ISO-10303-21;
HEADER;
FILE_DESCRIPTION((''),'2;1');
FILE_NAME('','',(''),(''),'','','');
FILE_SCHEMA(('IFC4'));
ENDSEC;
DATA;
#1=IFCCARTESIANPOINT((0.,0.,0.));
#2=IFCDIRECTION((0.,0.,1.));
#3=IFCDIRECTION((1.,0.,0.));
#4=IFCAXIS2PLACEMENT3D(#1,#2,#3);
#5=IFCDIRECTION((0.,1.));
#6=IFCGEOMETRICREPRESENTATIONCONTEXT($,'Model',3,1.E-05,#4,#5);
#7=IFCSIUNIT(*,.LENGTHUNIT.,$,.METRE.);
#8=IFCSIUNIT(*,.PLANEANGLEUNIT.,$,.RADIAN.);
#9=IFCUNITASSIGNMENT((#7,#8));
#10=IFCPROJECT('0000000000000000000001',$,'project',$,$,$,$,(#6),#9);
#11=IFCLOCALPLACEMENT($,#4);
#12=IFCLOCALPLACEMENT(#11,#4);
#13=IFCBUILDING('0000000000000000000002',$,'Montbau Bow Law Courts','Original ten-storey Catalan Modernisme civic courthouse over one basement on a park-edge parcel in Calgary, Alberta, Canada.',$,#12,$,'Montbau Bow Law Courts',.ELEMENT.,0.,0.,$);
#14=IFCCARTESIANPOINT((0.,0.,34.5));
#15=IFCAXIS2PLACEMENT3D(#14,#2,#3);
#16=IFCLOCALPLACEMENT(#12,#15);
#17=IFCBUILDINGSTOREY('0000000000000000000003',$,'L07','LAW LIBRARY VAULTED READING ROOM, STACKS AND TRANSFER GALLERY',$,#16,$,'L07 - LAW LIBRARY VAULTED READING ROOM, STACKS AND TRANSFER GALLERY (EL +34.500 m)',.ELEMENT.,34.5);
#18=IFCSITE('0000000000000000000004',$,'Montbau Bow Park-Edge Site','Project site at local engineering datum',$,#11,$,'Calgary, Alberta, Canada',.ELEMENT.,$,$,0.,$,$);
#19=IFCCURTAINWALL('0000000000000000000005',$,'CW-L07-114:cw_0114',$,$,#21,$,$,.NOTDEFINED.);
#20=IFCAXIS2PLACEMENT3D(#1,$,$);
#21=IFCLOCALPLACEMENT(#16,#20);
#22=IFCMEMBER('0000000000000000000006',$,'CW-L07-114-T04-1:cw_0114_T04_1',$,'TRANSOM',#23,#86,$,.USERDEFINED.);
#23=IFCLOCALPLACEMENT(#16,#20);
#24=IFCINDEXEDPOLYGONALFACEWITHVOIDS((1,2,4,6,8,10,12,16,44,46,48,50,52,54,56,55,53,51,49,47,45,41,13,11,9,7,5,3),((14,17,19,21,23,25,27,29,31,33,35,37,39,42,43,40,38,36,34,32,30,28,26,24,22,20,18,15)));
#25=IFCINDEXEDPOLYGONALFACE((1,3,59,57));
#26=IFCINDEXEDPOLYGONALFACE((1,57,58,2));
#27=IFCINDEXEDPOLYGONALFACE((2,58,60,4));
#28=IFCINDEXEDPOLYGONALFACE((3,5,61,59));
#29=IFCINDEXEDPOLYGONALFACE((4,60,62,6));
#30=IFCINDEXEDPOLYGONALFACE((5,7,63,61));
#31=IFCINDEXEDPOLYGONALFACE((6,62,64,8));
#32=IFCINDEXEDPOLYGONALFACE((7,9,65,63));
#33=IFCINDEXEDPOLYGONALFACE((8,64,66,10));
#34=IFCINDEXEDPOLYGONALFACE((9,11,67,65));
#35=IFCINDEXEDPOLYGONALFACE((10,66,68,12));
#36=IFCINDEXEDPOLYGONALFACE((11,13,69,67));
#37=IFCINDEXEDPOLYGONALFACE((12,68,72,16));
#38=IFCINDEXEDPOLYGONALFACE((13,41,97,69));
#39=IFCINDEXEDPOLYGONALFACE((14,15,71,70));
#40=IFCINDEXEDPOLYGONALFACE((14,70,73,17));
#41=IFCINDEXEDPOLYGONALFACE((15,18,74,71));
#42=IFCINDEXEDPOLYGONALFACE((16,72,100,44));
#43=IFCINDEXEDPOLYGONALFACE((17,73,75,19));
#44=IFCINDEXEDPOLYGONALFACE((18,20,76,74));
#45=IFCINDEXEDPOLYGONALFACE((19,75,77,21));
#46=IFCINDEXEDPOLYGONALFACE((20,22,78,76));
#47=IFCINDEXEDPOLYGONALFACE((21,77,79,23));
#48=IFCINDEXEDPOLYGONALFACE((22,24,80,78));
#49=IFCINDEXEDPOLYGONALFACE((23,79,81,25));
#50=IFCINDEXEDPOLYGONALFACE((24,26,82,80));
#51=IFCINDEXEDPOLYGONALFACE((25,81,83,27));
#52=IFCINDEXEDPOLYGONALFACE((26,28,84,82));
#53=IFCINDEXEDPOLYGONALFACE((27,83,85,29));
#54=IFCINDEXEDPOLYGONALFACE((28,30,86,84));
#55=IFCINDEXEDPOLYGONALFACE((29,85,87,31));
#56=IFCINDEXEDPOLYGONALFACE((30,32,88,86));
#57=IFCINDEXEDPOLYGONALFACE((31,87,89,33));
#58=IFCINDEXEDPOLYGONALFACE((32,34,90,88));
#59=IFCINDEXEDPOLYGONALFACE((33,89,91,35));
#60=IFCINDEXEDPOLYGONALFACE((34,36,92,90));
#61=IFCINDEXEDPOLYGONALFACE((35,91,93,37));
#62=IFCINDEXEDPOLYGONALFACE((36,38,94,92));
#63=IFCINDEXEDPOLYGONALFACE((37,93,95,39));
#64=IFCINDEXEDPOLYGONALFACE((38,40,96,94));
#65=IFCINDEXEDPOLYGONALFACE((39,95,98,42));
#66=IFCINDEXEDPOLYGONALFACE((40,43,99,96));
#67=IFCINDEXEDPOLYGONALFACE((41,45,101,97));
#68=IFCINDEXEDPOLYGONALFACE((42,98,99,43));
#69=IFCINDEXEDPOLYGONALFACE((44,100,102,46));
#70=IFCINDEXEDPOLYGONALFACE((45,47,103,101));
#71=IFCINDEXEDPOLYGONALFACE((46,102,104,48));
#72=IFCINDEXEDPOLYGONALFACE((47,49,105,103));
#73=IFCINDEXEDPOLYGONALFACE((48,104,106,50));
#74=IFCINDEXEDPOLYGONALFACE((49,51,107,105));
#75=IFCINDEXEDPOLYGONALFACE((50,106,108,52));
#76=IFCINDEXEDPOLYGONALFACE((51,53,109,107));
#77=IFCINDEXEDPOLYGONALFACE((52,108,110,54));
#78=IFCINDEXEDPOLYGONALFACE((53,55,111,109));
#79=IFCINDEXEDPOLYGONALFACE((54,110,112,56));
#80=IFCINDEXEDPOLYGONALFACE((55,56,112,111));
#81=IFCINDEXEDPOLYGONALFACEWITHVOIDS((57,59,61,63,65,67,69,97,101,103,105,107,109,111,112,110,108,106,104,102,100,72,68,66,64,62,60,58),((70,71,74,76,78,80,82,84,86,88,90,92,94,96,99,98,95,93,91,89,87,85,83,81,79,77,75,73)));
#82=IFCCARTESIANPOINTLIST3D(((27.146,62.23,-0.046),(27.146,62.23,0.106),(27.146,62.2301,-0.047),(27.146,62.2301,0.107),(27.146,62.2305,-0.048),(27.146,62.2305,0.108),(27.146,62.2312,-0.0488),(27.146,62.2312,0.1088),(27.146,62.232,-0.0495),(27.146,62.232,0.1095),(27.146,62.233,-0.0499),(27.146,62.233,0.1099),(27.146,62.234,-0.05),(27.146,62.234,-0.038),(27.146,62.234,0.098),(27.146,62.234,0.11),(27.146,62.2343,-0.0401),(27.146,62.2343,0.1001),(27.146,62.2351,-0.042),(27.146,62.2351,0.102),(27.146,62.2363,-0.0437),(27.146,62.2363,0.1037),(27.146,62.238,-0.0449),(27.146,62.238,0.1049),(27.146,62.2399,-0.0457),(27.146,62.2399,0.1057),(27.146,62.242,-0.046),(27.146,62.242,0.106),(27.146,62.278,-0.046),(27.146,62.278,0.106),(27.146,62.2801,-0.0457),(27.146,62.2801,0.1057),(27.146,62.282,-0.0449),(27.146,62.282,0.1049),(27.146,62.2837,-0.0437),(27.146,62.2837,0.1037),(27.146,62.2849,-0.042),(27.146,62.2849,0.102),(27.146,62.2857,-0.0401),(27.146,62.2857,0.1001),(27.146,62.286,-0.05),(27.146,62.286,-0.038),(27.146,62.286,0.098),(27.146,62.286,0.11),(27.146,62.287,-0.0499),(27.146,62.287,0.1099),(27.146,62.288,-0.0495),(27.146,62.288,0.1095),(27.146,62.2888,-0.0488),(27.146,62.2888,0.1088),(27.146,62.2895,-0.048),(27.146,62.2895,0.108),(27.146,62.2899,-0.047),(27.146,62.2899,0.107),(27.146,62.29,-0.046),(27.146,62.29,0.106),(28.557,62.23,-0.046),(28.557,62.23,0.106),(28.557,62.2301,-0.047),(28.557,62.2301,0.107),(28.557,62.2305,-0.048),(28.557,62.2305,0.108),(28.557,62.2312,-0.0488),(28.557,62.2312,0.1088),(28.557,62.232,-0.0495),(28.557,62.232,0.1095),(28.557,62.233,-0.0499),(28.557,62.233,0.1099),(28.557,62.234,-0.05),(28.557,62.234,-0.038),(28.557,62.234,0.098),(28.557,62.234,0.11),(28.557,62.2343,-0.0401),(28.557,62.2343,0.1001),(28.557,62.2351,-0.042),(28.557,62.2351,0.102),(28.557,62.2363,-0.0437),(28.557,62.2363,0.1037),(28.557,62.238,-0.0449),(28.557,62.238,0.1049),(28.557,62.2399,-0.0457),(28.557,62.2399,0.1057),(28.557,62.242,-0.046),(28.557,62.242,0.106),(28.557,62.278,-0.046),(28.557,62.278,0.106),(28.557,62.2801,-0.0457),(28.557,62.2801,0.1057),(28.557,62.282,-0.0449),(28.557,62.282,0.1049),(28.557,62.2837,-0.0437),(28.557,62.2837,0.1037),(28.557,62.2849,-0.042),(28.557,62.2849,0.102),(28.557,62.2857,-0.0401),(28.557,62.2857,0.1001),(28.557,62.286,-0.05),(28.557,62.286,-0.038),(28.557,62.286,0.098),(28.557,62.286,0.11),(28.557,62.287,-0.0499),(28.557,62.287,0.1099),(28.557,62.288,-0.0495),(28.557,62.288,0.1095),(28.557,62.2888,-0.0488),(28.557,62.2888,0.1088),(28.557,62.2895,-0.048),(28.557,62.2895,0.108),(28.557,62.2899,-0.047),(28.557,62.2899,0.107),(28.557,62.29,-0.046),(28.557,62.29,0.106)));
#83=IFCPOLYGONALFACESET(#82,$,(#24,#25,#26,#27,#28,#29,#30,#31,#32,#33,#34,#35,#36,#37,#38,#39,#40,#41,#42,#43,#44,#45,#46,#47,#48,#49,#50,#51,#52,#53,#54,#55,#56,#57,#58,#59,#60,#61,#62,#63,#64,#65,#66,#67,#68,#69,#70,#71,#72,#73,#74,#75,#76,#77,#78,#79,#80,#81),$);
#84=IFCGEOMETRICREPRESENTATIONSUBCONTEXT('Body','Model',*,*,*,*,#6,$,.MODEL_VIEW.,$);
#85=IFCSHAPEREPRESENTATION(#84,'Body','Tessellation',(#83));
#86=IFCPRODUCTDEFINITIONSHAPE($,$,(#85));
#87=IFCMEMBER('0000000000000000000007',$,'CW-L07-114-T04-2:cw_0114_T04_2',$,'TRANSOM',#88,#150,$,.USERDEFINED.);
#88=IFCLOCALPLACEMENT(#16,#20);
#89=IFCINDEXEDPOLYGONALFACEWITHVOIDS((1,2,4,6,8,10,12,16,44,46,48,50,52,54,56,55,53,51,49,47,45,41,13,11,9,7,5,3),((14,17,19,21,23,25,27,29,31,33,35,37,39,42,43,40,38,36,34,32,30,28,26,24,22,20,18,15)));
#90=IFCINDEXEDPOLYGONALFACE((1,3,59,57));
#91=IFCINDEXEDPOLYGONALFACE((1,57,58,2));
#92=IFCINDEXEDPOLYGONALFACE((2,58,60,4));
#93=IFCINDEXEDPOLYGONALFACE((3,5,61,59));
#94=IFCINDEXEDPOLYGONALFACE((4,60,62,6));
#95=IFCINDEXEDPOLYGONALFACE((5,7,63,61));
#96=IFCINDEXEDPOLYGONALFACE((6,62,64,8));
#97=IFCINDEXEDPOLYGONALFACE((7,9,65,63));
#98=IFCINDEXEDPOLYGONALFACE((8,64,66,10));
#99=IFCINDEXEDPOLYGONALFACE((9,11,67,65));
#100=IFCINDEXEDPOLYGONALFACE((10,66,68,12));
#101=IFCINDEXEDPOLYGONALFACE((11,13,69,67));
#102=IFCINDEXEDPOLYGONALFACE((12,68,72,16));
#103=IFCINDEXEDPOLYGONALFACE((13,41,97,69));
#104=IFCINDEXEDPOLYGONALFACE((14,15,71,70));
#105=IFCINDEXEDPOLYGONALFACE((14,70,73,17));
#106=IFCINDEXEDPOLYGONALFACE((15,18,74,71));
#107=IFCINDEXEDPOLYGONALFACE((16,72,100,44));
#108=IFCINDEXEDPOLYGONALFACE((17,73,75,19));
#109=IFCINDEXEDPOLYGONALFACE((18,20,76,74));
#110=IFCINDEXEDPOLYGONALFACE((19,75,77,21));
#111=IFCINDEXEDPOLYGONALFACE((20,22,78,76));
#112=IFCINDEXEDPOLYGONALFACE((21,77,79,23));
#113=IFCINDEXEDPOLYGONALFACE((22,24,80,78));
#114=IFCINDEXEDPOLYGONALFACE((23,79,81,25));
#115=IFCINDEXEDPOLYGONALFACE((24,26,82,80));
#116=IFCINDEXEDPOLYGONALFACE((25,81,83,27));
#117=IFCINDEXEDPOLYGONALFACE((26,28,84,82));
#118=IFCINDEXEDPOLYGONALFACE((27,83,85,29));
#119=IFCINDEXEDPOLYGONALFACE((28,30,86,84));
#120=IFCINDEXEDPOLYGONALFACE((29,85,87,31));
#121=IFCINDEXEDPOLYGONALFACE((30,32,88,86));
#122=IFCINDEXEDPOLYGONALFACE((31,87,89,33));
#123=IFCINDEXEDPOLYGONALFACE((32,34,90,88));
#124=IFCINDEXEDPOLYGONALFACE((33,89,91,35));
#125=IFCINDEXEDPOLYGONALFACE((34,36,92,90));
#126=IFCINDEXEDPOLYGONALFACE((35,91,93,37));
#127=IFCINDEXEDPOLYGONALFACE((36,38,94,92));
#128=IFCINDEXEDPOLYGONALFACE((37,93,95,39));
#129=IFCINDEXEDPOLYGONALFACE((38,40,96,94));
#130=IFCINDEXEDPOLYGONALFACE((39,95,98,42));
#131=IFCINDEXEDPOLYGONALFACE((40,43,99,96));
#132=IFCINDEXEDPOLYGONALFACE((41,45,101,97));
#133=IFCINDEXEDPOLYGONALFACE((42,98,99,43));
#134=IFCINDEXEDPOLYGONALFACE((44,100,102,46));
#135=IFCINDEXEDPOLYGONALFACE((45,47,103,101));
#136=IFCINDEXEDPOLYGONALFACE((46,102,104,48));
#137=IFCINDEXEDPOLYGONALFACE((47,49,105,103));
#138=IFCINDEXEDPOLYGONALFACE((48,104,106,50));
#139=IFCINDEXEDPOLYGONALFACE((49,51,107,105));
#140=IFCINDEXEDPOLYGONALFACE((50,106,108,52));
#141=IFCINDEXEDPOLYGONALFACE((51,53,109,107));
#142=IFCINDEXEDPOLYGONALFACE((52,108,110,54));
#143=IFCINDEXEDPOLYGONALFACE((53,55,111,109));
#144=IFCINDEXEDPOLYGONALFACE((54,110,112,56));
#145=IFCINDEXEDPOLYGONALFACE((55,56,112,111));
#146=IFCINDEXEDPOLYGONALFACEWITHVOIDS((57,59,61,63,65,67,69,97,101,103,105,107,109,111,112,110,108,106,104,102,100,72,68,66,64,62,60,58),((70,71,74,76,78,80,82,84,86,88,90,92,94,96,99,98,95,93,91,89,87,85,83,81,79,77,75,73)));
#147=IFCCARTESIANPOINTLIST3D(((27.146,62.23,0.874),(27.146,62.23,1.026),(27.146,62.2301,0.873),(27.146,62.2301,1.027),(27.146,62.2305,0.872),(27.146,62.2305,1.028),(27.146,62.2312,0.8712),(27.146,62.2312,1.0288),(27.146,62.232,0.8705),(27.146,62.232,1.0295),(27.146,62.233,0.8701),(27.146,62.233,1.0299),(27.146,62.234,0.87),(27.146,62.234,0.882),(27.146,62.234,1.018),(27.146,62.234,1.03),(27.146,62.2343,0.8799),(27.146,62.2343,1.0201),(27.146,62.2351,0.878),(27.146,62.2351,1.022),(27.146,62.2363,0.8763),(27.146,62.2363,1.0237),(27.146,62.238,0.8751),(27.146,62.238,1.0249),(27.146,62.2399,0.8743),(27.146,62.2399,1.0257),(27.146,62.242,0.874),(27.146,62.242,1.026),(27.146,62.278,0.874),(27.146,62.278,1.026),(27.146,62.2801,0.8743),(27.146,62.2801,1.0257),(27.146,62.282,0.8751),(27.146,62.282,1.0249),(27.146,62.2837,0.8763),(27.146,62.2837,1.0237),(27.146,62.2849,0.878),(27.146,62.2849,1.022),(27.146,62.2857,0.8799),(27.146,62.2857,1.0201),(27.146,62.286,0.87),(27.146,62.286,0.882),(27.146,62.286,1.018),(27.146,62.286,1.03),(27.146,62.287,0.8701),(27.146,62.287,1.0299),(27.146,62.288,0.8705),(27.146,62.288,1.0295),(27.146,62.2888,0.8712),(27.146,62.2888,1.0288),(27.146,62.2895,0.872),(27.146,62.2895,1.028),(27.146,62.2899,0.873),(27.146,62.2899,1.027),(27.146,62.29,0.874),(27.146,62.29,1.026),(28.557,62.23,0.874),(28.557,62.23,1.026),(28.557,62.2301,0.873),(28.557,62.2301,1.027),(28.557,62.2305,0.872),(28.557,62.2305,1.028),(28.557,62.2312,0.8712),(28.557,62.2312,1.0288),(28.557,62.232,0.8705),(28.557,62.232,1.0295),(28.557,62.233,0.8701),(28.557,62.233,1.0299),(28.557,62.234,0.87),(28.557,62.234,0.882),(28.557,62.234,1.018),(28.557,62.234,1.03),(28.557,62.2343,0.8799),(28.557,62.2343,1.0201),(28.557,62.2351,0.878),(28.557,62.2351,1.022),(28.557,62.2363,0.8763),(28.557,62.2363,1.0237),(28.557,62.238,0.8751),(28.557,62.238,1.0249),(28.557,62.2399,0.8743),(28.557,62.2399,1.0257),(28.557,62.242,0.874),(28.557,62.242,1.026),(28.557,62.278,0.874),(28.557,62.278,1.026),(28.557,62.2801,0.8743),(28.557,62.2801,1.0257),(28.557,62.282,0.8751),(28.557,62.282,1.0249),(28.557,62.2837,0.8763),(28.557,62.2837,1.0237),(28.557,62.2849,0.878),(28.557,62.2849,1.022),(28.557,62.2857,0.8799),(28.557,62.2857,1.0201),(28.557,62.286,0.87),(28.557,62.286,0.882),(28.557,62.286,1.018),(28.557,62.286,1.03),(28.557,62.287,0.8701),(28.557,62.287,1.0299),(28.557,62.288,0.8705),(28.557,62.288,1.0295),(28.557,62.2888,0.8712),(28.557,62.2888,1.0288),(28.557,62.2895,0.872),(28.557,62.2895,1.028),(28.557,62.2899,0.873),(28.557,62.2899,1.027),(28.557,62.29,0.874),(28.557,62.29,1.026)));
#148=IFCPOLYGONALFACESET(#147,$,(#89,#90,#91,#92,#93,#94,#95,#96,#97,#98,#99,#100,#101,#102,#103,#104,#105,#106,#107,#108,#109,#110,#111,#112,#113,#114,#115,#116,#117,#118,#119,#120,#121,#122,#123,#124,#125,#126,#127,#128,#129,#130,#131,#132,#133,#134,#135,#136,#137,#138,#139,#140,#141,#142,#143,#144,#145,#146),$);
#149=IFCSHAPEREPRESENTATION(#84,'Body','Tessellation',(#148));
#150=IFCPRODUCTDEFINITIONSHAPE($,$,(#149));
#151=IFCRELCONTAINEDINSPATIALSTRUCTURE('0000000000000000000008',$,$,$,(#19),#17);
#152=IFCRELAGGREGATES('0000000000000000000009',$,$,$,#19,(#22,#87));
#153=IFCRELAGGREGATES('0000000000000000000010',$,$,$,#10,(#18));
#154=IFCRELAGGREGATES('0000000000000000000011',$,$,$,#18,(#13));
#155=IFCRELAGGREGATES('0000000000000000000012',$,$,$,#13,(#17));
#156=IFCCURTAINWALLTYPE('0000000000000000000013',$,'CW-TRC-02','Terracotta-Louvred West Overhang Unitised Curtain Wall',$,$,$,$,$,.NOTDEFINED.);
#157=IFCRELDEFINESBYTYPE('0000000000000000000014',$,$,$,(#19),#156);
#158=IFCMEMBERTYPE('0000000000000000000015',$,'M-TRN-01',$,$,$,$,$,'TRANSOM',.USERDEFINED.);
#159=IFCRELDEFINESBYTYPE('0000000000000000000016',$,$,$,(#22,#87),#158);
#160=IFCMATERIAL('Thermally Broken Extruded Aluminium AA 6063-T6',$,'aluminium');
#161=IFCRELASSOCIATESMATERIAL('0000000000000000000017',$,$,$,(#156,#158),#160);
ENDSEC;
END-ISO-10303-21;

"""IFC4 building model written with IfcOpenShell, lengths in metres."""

from ifc_helpers import new_model, si_unit, direction, frame, origin_with_axes, origin_2d_with_axis, place, context, subcontext, project, spatial, hollow_rectangle, extrude, material, material_profile, profile_set, type_object, element, aggregate, save


model = new_model("IFC4")

# Units and contexts
model_context = context("Model", 3, precision=1e-05, world=origin_with_axes(), true_north=direction((0.0, 1.0)))
body_context = subcontext(model_context, "Body", "Model", "MODEL_VIEW")
ifc_project = project(units=[si_unit("LENGTHUNIT", "METRE"), si_unit("PLANEANGLEUNIT", "RADIAN")], contexts=[model_context])

# Site, building, storey
site_placement = place(None, origin_with_axes())
site = spatial("IfcSite", under=ifc_project, at=site_placement, Name="Montbau Bow Park-Edge Site", Description="Project site at local engineering datum", LongName="Calgary, Alberta, Canada", CompositionType="ELEMENT", RefElevation=0.0)
building_placement = place(site_placement, origin_with_axes())
building = spatial("IfcBuilding", under=site, at=building_placement, Name="Montbau Bow Law Courts", Description="Original ten-storey Catalan Modernisme civic courthouse over one basement on a park-edge parcel in Calgary, Alberta, Canada.", LongName="Montbau Bow Law Courts", CompositionType="ELEMENT", ElevationOfRefHeight=0.0, ElevationOfTerrain=0.0)
storey_placement = place(building_placement, frame((0.0, 0.0, 34.5), z_axis=(0.0, 0.0, 1.0), x_axis=(1.0, 0.0, 0.0)))
storey = spatial("IfcBuildingStorey", under=building, at=storey_placement, Name="L07", Description="LAW LIBRARY VAULTED READING ROOM, STACKS AND TRANSFER GALLERY", LongName="L07 - LAW LIBRARY VAULTED READING ROOM, STACKS AND TRANSFER GALLERY (EL +34.500 m)", CompositionType="ELEMENT", Elevation=34.5)

# Curtain wall
ifc_material_1 = material(Name="Thermally Broken Extruded Aluminium AA 6063-T6", Category="aluminium")
curtain_wall_type = type_object("IfcCurtainWallType", Name="CW-TRC-02", Description="Terracotta-Louvred West Overhang Unitised Curtain Wall", PredefinedType="NOTDEFINED", material=ifc_material_1)
curtain_wall_1_placement = place(None, frame((22.64, 62.26, 34.5), z_axis=(0.0, 0.0, 1.0), x_axis=(1.0, 0.0, 0.0)))
curtain_wall_1 = element("IfcCurtainWall", 1, at=curtain_wall_1_placement, inside=storey, type_object=curtain_wall_type, Name="CW-L07-114:cw_0114", PredefinedType="NOTDEFINED")

# Members
ifc_material_profile_1 = material_profile(ifc_material_1, hollow_rectangle(XDim=0.06, YDim=0.16, WallThickness=0.004, InnerFilletRadius=0.008, OuterFilletRadius=0.004, at=origin_2d_with_axis()), Name="CWT-160X60", Category="Main", Priority=0)
ifc_profile_set_1 = profile_set([ifc_material_profile_1], Name="Thermally Broken Extruded Aluminium AA 6063-T6")
member_type_1 = type_object("IfcMemberType", Name="M-TRN-01", ElementType="TRANSOM", PredefinedType="USERDEFINED", material=ifc_profile_set_1)
member_1_placement = place(None, frame((27.146, 62.26, 34.53), z_axis=(1.0, 0.0, 0.0), x_axis=(0.0, 1.0, 0.0)))
member_1 = element("IfcMember", 2, at=member_1_placement, type_object=member_type_1, Name="CW-L07-114-T04-1:cw_0114_T04_1", ObjectType="TRANSOM", PredefinedType="USERDEFINED", context=body_context, shape_type="SweptSolid", body=[
    extrude(hollow_rectangle(XDim=0.06, YDim=0.16, WallThickness=0.004, InnerFilletRadius=0.008, OuterFilletRadius=0.004, at=origin_2d_with_axis()), origin_with_axes(), (0.0, 0.0, 1.0), 1.411),
])
member_2_placement = place(None, frame((27.146, 62.26, 35.45), z_axis=(1.0, 0.0, 0.0), x_axis=(0.0, 1.0, 0.0)))
member_2 = element("IfcMember", 3, at=member_2_placement, type_object=member_type_1, Name="CW-L07-114-T04-2:cw_0114_T04_2", ObjectType="TRANSOM", PredefinedType="USERDEFINED", context=body_context, shape_type="SweptSolid", body=[
    extrude(hollow_rectangle(XDim=0.06, YDim=0.16, WallThickness=0.004, InnerFilletRadius=0.008, OuterFilletRadius=0.004, at=origin_2d_with_axis()), origin_with_axes(), (0.0, 0.0, 1.0), 1.411),
])

aggregate(curtain_wall_1, [member_1, member_2])

save(model, "model.ifc")
